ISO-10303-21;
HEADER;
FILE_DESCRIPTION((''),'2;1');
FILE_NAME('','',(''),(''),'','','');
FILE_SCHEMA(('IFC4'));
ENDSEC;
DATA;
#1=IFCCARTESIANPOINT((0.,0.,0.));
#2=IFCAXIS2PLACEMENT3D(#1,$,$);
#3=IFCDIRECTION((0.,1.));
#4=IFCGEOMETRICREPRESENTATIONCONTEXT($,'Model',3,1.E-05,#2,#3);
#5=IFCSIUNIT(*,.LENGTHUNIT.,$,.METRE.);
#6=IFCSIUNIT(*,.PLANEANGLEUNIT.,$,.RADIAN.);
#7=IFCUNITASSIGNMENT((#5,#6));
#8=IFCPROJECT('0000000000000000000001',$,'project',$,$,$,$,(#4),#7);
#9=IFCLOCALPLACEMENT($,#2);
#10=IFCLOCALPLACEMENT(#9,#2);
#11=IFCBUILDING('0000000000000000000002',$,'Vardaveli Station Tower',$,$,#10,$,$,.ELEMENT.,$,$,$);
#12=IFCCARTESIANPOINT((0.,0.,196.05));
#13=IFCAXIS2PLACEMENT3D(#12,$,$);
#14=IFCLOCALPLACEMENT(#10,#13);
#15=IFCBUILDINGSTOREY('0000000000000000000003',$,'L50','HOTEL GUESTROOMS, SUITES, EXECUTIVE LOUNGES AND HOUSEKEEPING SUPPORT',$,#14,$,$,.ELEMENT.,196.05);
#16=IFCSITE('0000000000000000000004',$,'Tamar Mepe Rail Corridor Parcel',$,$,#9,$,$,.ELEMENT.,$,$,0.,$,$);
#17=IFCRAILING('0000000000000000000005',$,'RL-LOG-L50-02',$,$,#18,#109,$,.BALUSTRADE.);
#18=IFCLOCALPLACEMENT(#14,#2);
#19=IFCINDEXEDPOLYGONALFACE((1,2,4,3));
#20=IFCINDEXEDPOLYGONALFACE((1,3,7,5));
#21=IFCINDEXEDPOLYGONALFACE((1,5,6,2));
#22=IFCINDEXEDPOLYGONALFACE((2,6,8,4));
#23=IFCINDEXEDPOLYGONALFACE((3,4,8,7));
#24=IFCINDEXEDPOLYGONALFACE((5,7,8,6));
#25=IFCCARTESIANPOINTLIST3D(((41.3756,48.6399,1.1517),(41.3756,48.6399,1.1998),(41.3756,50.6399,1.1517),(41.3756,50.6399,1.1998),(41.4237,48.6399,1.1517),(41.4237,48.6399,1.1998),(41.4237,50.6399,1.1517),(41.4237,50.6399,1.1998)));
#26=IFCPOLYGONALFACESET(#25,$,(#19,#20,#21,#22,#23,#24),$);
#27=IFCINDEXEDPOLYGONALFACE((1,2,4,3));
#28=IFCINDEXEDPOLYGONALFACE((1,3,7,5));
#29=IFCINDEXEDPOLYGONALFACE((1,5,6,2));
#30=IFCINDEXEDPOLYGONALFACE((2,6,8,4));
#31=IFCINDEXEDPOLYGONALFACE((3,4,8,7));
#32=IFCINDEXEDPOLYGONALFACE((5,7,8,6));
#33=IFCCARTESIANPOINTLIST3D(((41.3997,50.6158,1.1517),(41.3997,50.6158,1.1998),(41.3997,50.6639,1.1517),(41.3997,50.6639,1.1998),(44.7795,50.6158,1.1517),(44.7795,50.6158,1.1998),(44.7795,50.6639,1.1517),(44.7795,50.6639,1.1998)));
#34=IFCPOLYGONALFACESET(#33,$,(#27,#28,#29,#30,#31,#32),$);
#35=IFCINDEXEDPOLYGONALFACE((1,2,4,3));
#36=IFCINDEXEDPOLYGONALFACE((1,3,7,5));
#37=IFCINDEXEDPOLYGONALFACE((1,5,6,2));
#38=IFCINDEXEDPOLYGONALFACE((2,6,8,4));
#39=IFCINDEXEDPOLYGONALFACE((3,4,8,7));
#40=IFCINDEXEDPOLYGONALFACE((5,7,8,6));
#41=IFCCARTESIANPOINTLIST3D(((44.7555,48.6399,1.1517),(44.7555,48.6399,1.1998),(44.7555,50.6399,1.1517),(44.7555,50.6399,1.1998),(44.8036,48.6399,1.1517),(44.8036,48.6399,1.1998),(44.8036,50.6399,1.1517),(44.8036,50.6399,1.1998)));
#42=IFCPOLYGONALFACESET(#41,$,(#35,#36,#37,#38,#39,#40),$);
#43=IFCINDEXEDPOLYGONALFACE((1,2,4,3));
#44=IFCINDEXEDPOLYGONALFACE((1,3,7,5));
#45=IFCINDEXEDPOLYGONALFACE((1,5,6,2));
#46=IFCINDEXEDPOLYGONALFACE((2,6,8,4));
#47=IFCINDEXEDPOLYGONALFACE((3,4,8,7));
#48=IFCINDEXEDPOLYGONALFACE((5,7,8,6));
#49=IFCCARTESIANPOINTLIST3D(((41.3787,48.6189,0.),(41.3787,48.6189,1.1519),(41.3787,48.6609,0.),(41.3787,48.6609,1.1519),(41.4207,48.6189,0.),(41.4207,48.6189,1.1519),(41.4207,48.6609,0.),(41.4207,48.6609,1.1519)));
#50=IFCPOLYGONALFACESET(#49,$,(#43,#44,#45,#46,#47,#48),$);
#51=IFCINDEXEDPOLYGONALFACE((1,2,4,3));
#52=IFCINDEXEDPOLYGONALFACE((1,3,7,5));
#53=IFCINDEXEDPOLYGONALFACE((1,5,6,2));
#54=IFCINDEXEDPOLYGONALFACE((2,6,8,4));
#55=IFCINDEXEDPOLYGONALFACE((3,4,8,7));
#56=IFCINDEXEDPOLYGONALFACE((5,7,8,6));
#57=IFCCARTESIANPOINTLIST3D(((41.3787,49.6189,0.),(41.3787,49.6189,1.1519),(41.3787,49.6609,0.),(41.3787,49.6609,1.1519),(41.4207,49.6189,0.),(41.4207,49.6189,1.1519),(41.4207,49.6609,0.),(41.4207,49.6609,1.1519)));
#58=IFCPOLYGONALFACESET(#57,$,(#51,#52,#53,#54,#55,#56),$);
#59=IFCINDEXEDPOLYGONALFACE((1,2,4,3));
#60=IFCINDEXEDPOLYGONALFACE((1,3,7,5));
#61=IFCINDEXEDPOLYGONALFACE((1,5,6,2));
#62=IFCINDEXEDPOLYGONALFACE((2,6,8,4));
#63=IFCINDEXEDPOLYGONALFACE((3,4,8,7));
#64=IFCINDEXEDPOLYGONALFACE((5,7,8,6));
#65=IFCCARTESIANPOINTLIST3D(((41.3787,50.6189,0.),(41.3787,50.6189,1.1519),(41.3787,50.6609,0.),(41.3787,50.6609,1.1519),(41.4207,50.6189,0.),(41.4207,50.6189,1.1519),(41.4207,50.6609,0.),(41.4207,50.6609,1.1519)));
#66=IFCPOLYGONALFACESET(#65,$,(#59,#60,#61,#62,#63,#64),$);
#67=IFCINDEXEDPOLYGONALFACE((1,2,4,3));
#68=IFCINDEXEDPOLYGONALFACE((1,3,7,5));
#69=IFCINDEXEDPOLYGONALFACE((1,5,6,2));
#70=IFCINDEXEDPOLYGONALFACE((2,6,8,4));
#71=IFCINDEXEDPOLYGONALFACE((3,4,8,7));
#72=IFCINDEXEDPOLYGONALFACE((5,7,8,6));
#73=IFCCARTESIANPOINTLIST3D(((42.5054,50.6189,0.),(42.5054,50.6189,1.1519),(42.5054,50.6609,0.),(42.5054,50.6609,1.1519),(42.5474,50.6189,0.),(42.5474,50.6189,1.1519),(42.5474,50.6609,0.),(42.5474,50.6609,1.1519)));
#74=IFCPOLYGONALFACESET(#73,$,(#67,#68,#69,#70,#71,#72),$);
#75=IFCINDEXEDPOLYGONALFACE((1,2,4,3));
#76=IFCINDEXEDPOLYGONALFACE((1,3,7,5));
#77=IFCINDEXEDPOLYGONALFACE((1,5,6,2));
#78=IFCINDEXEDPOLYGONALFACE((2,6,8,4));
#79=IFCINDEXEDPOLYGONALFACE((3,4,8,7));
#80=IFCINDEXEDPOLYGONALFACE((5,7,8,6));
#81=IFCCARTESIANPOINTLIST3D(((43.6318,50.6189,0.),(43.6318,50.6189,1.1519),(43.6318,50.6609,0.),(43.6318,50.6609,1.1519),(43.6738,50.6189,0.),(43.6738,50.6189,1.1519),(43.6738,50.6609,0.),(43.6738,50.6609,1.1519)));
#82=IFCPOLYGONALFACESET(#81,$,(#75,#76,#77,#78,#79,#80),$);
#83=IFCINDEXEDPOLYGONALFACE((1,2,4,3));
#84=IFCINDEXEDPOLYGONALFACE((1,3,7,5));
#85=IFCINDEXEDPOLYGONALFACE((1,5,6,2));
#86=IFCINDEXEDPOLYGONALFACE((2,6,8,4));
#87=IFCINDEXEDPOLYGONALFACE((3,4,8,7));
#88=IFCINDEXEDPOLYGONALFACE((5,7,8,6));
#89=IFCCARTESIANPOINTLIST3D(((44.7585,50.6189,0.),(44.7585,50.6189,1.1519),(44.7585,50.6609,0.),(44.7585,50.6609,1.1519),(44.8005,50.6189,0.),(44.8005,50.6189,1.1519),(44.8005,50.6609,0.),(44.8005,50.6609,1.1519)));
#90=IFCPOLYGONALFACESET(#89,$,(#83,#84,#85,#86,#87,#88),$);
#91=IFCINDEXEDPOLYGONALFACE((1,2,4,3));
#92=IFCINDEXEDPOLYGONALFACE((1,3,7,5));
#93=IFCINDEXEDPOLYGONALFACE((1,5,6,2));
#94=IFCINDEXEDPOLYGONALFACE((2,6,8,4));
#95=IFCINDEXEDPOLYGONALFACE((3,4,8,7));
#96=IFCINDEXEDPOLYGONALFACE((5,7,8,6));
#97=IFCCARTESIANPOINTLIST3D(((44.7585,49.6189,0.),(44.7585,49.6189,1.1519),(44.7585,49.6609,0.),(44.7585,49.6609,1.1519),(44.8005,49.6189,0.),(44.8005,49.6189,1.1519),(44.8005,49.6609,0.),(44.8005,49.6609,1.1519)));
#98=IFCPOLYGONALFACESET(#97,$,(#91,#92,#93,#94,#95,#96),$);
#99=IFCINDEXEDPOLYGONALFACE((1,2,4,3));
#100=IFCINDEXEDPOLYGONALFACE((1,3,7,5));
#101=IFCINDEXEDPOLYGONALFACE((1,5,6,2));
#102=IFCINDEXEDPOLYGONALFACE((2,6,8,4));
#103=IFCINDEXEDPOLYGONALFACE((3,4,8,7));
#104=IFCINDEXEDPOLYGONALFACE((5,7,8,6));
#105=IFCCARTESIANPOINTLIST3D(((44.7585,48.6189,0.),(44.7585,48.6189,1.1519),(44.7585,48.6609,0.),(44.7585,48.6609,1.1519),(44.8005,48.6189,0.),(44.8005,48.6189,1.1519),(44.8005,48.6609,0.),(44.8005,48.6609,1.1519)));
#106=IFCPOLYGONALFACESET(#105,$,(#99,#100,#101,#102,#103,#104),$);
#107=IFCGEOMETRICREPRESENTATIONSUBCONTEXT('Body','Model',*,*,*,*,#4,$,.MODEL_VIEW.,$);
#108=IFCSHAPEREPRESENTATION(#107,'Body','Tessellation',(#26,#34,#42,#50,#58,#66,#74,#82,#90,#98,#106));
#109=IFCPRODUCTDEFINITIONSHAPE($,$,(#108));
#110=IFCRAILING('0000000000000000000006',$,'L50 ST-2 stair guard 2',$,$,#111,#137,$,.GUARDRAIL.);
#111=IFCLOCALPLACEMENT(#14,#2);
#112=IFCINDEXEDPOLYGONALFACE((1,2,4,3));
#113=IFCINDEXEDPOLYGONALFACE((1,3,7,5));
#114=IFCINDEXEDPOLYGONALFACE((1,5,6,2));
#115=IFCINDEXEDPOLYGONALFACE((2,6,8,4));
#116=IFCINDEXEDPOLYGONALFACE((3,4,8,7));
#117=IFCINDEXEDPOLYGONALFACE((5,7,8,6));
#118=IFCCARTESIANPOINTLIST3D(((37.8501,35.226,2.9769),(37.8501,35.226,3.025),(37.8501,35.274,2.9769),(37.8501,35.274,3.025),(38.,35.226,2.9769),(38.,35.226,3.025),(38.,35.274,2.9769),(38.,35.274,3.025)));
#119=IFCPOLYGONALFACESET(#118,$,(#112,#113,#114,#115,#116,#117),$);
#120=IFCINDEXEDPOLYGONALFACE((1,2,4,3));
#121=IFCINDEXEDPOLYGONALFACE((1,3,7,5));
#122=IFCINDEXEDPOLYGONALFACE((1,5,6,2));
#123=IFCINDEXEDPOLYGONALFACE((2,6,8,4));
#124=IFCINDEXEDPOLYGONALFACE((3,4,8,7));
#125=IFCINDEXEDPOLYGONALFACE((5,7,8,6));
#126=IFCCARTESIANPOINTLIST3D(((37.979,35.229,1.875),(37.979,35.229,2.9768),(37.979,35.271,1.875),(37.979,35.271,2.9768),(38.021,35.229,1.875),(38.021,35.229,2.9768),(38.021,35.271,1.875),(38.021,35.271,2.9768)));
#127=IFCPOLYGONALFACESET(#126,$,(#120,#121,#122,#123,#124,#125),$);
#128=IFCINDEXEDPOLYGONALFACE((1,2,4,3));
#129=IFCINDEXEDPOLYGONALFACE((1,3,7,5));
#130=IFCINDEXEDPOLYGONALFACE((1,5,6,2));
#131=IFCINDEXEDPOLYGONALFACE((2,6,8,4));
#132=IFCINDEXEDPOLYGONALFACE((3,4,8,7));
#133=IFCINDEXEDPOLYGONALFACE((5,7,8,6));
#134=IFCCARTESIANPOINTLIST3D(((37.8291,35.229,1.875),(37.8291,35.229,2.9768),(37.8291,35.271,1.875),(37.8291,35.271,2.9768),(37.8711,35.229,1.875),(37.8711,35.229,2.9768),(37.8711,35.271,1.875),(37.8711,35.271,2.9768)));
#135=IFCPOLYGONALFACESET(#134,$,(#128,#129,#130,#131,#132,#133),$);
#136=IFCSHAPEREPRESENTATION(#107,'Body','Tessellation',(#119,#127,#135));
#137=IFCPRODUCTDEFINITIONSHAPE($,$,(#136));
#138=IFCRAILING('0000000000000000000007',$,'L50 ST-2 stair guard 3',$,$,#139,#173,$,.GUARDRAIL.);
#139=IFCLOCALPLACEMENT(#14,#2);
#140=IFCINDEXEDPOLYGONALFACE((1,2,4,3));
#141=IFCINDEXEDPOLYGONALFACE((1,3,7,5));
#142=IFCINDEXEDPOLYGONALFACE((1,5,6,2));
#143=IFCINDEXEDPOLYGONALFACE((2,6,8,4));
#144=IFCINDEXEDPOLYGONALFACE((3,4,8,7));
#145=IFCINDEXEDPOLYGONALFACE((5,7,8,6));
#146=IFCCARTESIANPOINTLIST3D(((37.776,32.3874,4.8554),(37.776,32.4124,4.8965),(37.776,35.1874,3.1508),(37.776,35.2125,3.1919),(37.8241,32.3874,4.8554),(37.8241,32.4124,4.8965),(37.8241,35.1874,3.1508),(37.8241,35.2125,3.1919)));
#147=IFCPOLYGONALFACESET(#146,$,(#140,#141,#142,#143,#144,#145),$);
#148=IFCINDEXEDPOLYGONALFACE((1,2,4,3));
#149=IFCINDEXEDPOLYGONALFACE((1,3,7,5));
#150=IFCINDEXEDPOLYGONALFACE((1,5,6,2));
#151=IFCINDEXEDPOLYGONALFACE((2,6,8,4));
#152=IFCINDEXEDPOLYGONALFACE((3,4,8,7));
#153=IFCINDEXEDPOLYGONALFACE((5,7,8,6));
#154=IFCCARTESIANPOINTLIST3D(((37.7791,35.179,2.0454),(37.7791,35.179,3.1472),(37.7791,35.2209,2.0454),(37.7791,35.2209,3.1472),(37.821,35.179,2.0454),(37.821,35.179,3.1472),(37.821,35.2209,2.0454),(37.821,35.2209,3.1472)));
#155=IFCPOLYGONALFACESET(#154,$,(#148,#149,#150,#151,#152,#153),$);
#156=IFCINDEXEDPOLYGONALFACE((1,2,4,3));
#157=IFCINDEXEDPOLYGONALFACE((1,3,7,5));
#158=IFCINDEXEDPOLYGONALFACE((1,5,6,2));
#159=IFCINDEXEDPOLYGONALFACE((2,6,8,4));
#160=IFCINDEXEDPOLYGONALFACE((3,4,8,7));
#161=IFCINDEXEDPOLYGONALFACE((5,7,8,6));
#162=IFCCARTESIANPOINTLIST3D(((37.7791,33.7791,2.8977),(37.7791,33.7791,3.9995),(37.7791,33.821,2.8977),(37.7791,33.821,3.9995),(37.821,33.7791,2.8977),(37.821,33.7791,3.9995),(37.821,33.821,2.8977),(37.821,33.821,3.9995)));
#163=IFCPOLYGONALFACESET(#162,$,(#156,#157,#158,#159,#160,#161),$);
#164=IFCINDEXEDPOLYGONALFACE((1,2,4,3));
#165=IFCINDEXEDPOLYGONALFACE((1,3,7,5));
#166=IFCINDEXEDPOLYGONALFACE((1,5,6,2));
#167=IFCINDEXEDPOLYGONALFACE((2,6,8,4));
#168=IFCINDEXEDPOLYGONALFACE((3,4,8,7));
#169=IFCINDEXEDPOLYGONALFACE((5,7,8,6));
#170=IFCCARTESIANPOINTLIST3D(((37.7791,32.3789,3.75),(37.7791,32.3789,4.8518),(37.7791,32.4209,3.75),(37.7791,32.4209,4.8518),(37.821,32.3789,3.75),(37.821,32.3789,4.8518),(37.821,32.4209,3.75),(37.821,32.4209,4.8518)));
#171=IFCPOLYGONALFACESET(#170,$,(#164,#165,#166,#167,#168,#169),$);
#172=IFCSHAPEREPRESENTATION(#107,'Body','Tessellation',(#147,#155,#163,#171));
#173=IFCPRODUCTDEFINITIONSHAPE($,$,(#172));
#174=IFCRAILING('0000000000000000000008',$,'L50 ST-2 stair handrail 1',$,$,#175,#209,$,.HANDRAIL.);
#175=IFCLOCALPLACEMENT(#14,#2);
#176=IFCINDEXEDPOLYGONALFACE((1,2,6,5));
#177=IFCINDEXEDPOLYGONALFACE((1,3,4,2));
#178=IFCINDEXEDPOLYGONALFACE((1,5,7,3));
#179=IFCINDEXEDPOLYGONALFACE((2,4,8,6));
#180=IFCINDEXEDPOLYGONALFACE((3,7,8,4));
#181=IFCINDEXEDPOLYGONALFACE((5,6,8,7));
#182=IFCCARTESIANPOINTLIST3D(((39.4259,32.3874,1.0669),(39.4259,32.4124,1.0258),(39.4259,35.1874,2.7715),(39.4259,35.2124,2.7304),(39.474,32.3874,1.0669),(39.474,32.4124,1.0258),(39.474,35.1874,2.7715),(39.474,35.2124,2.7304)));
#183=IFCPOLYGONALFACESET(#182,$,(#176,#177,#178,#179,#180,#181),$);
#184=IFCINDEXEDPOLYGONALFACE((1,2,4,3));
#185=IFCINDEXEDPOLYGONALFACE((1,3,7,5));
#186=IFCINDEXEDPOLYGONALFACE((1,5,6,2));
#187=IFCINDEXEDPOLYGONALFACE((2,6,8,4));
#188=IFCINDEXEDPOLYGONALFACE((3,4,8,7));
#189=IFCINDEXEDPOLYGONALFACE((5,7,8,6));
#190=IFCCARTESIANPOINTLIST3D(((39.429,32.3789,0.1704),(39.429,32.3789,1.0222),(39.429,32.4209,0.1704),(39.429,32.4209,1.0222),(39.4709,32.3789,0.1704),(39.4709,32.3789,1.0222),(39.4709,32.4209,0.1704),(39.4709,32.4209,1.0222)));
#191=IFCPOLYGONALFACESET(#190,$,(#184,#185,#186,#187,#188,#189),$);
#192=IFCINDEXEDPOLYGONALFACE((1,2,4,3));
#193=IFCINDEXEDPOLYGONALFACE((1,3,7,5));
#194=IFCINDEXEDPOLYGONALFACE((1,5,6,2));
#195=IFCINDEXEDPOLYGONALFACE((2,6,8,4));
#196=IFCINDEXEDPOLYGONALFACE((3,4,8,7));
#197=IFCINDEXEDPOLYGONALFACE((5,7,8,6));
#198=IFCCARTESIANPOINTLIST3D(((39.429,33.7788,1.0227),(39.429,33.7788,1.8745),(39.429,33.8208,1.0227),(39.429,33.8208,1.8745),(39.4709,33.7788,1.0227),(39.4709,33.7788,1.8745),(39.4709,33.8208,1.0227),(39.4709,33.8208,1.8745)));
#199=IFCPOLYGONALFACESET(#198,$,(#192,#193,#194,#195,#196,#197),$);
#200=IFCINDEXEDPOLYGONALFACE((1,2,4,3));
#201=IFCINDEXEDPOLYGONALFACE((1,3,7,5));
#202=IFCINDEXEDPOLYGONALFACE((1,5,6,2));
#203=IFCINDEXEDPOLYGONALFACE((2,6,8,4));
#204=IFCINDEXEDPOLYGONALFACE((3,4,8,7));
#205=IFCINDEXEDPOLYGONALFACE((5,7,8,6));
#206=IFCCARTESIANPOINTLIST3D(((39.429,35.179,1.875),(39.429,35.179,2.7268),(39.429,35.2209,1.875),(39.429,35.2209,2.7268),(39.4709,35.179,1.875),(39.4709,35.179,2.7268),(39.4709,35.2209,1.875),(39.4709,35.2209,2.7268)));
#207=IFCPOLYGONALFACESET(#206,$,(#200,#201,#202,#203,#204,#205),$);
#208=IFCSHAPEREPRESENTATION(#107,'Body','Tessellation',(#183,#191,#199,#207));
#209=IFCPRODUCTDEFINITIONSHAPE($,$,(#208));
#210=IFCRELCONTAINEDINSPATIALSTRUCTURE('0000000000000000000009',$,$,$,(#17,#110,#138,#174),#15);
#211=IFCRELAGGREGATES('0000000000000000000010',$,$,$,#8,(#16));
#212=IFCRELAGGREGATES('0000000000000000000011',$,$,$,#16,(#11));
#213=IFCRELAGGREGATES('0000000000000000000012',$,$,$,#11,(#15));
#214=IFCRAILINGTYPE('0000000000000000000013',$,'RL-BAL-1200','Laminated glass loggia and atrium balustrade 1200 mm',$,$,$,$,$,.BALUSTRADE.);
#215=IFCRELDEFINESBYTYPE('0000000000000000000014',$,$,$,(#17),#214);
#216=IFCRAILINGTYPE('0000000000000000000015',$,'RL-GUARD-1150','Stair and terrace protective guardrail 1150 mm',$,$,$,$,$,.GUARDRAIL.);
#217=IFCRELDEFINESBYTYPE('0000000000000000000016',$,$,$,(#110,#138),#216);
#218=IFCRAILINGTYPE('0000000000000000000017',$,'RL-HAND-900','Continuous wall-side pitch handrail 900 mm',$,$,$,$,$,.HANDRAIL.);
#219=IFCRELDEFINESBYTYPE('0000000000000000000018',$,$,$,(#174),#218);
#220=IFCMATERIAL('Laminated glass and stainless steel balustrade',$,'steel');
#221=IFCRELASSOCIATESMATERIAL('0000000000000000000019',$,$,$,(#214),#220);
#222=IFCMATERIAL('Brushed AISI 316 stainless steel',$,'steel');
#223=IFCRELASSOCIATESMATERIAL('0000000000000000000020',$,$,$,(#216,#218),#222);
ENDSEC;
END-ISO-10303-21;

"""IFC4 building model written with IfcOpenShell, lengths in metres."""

from ifc_helpers import new_model, si_unit, direction, frame, origin, origin_2d, place, context, subcontext, project, spatial, rectangle, extrude, source, transform, mapped, material, type_object, element, save


model = new_model("IFC4")

# Units and contexts
model_context = context("Model", 3, precision=1e-05, world=origin(), true_north=direction((0.0, 1.0)))
body_context = subcontext(model_context, "Body", "Model", "MODEL_VIEW")
ifc_project = project(units=[si_unit("LENGTHUNIT", "METRE"), si_unit("PLANEANGLEUNIT", "RADIAN")], contexts=[model_context])

# Site, building, storey
site_placement = place(None, origin())
site = spatial("IfcSite", under=ifc_project, at=site_placement, Name="Tamar Mepe Rail Corridor Parcel", CompositionType="ELEMENT", RefElevation=0.0)
building_placement = place(site_placement, origin())
building = spatial("IfcBuilding", under=site, at=building_placement, Name="Vardaveli Station Tower", CompositionType="ELEMENT")
storey_placement = place(building_placement, frame((0.0, 0.0, 196.05)))
storey = spatial("IfcBuildingStorey", under=building, at=storey_placement, Name="L50", Description="HOTEL GUESTROOMS, SUITES, EXECUTIVE LOUNGES AND HOUSEKEEPING SUPPORT", CompositionType="ELEMENT", Elevation=196.05)

# Railings
ifc_material_1 = material(Name="Laminated glass and stainless steel balustrade", Category="steel")
railing_type_1 = type_object("IfcRailingType", Name="RL-BAL-1200", Description="Laminated glass loggia and atrium balustrade 1200 mm", PredefinedType="BALUSTRADE", material=ifc_material_1)
shared_shape_1 = source(origin(), body_context, "Body", "SweptSolid", [
    extrude(rectangle(XDim=0.0481, YDim=0.0481, at=origin_2d()), frame((0.0, 0.0, 1.1758), z_axis=(0.0, 1.0, 0.0), x_axis=(-1.0, 0.0, 0.0)), (0.0, 0.0, 1.0), 2.0),
    extrude(rectangle(XDim=0.0481, YDim=0.0481, at=origin_2d()), frame((0.0, 2.0, 1.1758), z_axis=(1.0, 0.0, 0.0), x_axis=(0.0, 1.0, 0.0)), (0.0, 0.0, 1.0), 3.3799),
    extrude(rectangle(XDim=0.0481, YDim=0.0481, at=origin_2d()), frame((3.3799, 2.0, 1.1758), z_axis=(0.0, -1.0, 0.0), x_axis=(1.0, 0.0, 0.0)), (0.0, 0.0, 1.0), 2.0),
    extrude(rectangle(XDim=0.042, YDim=0.042, at=origin_2d()), origin(), (0.0, 0.0, 1.0), 1.1519),
    extrude(rectangle(XDim=0.042, YDim=0.042, at=origin_2d()), frame((0.0, 1.0, 0.0)), (0.0, 0.0, 1.0), 1.1519),
    extrude(rectangle(XDim=0.042, YDim=0.042, at=origin_2d()), frame((0.0, 2.0, 0.0)), (0.0, 0.0, 1.0), 1.1519),
    extrude(rectangle(XDim=0.042, YDim=0.042, at=origin_2d()), frame((1.1267, 2.0, 0.0)), (0.0, 0.0, 1.0), 1.1519),
    extrude(rectangle(XDim=0.042, YDim=0.042, at=origin_2d()), frame((2.2532, 2.0, 0.0)), (0.0, 0.0, 1.0), 1.1519),
    extrude(rectangle(XDim=0.042, YDim=0.042, at=origin_2d()), frame((3.3799, 2.0, 0.0)), (0.0, 0.0, 1.0), 1.1519),
    extrude(rectangle(XDim=0.042, YDim=0.042, at=origin_2d()), frame((3.3799, 1.0, 0.0)), (0.0, 0.0, 1.0), 1.1519),
    extrude(rectangle(XDim=0.042, YDim=0.042, at=origin_2d()), frame((3.3799, 0.0, 0.0)), (0.0, 0.0, 1.0), 1.1519),
])
railing_1_placement = place(storey_placement, frame((41.3997, 48.6399, 0.0)))
element("IfcRailing", 1, at=railing_1_placement, inside=storey, type_object=railing_type_1, Name="RL-LOG-L50-02", PredefinedType="BALUSTRADE", context=body_context, shape_type="MappedRepresentation", body=[
    mapped(shared_shape_1, transform((0.0, 0.0, 0.0), scale=1.0)),
])
ifc_material_2 = material(Name="Brushed AISI 316 stainless steel", Category="steel")
railing_type_2 = type_object("IfcRailingType", Name="RL-GUARD-1150", Description="Stair and terrace protective guardrail 1150 mm", PredefinedType="GUARDRAIL", material=ifc_material_2)
shared_shape_2 = source(origin(), body_context, "Body", "SweptSolid", [
    extrude(rectangle(XDim=0.0481, YDim=0.0481, at=origin_2d()), frame((0.0, 0.0, 1.126), z_axis=(-1.0, 0.0, 0.0), x_axis=(0.0, -1.0, 0.0)), (0.0, 0.0, 1.0), 0.1499),
    extrude(rectangle(XDim=0.042, YDim=0.042, at=origin_2d()), origin(), (0.0, 0.0, 1.0), 1.1018),
    extrude(rectangle(XDim=0.042, YDim=0.042, at=origin_2d()), frame((-0.1499, 0.0, 0.0)), (0.0, 0.0, 1.0), 1.1018),
])
railing_2_placement = place(storey_placement, frame((38.0, 35.25, 1.875)))
element("IfcRailing", 2, at=railing_2_placement, inside=storey, type_object=railing_type_2, Name="L50 ST-2 stair guard 2", PredefinedType="GUARDRAIL", context=body_context, shape_type="MappedRepresentation", body=[
    mapped(shared_shape_2, transform((0.0, 0.0, 0.0), scale=1.0)),
])
shared_shape_3 = source(origin(), body_context, "Body", "SweptSolid", [
    extrude(rectangle(XDim=0.0481, YDim=0.0481, at=origin_2d()), frame((0.0, 0.0, 1.126), z_axis=(0.0, -0.85417, 0.519994), x_axis=(1.0, 0.0, 0.0)), (0.0, 0.0, 1.0), 3.2781),
    extrude(rectangle(XDim=0.042, YDim=0.042, at=origin_2d()), origin(), (0.0, 0.0, 1.0), 1.1018),
    extrude(rectangle(XDim=0.042, YDim=0.042, at=origin_2d()), frame((0.0, -1.3999, 0.8523)), (0.0, 0.0, 1.0), 1.1018),
    extrude(rectangle(XDim=0.042, YDim=0.042, at=origin_2d()), frame((0.0, -2.8, 1.7046)), (0.0, 0.0, 1.0), 1.1018),
])
railing_3_placement = place(storey_placement, frame((37.8, 35.2, 2.0454)))
element("IfcRailing", 3, at=railing_3_placement, inside=storey, type_object=railing_type_2, Name="L50 ST-2 stair guard 3", PredefinedType="GUARDRAIL", context=body_context, shape_type="MappedRepresentation", body=[
    mapped(shared_shape_3, transform((0.0, 0.0, 0.0), scale=1.0)),
])
railing_type_3 = type_object("IfcRailingType", Name="RL-HAND-900", Description="Continuous wall-side pitch handrail 900 mm", PredefinedType="HANDRAIL", material=ifc_material_2)
shared_shape_4 = source(origin(), body_context, "Body", "SweptSolid", [
    extrude(rectangle(XDim=0.0481, YDim=0.0481, at=origin_2d()), frame((0.0, 0.0, 0.876), z_axis=(0.0, 0.85417, 0.519994), x_axis=(-1.0, 0.0, 0.0)), (0.0, 0.0, 1.0), 3.2781),
    extrude(rectangle(XDim=0.042, YDim=0.042, at=origin_2d()), origin(), (0.0, 0.0, 1.0), 0.8518),
    extrude(rectangle(XDim=0.042, YDim=0.042, at=origin_2d()), frame((0.0, 1.3999, 0.8523)), (0.0, 0.0, 1.0), 0.8518),
    extrude(rectangle(XDim=0.042, YDim=0.042, at=origin_2d()), frame((0.0, 2.8, 1.7046)), (0.0, 0.0, 1.0), 0.8518),
])
railing_4_placement = place(storey_placement, frame((39.45, 32.3999, 0.1704)))
element("IfcRailing", 4, at=railing_4_placement, inside=storey, type_object=railing_type_3, Name="L50 ST-2 stair handrail 1", PredefinedType="HANDRAIL", context=body_context, shape_type="MappedRepresentation", body=[
    mapped(shared_shape_4, transform((0.0, 0.0, 0.0), scale=1.0)),
])

save(model, "model.ifc")
